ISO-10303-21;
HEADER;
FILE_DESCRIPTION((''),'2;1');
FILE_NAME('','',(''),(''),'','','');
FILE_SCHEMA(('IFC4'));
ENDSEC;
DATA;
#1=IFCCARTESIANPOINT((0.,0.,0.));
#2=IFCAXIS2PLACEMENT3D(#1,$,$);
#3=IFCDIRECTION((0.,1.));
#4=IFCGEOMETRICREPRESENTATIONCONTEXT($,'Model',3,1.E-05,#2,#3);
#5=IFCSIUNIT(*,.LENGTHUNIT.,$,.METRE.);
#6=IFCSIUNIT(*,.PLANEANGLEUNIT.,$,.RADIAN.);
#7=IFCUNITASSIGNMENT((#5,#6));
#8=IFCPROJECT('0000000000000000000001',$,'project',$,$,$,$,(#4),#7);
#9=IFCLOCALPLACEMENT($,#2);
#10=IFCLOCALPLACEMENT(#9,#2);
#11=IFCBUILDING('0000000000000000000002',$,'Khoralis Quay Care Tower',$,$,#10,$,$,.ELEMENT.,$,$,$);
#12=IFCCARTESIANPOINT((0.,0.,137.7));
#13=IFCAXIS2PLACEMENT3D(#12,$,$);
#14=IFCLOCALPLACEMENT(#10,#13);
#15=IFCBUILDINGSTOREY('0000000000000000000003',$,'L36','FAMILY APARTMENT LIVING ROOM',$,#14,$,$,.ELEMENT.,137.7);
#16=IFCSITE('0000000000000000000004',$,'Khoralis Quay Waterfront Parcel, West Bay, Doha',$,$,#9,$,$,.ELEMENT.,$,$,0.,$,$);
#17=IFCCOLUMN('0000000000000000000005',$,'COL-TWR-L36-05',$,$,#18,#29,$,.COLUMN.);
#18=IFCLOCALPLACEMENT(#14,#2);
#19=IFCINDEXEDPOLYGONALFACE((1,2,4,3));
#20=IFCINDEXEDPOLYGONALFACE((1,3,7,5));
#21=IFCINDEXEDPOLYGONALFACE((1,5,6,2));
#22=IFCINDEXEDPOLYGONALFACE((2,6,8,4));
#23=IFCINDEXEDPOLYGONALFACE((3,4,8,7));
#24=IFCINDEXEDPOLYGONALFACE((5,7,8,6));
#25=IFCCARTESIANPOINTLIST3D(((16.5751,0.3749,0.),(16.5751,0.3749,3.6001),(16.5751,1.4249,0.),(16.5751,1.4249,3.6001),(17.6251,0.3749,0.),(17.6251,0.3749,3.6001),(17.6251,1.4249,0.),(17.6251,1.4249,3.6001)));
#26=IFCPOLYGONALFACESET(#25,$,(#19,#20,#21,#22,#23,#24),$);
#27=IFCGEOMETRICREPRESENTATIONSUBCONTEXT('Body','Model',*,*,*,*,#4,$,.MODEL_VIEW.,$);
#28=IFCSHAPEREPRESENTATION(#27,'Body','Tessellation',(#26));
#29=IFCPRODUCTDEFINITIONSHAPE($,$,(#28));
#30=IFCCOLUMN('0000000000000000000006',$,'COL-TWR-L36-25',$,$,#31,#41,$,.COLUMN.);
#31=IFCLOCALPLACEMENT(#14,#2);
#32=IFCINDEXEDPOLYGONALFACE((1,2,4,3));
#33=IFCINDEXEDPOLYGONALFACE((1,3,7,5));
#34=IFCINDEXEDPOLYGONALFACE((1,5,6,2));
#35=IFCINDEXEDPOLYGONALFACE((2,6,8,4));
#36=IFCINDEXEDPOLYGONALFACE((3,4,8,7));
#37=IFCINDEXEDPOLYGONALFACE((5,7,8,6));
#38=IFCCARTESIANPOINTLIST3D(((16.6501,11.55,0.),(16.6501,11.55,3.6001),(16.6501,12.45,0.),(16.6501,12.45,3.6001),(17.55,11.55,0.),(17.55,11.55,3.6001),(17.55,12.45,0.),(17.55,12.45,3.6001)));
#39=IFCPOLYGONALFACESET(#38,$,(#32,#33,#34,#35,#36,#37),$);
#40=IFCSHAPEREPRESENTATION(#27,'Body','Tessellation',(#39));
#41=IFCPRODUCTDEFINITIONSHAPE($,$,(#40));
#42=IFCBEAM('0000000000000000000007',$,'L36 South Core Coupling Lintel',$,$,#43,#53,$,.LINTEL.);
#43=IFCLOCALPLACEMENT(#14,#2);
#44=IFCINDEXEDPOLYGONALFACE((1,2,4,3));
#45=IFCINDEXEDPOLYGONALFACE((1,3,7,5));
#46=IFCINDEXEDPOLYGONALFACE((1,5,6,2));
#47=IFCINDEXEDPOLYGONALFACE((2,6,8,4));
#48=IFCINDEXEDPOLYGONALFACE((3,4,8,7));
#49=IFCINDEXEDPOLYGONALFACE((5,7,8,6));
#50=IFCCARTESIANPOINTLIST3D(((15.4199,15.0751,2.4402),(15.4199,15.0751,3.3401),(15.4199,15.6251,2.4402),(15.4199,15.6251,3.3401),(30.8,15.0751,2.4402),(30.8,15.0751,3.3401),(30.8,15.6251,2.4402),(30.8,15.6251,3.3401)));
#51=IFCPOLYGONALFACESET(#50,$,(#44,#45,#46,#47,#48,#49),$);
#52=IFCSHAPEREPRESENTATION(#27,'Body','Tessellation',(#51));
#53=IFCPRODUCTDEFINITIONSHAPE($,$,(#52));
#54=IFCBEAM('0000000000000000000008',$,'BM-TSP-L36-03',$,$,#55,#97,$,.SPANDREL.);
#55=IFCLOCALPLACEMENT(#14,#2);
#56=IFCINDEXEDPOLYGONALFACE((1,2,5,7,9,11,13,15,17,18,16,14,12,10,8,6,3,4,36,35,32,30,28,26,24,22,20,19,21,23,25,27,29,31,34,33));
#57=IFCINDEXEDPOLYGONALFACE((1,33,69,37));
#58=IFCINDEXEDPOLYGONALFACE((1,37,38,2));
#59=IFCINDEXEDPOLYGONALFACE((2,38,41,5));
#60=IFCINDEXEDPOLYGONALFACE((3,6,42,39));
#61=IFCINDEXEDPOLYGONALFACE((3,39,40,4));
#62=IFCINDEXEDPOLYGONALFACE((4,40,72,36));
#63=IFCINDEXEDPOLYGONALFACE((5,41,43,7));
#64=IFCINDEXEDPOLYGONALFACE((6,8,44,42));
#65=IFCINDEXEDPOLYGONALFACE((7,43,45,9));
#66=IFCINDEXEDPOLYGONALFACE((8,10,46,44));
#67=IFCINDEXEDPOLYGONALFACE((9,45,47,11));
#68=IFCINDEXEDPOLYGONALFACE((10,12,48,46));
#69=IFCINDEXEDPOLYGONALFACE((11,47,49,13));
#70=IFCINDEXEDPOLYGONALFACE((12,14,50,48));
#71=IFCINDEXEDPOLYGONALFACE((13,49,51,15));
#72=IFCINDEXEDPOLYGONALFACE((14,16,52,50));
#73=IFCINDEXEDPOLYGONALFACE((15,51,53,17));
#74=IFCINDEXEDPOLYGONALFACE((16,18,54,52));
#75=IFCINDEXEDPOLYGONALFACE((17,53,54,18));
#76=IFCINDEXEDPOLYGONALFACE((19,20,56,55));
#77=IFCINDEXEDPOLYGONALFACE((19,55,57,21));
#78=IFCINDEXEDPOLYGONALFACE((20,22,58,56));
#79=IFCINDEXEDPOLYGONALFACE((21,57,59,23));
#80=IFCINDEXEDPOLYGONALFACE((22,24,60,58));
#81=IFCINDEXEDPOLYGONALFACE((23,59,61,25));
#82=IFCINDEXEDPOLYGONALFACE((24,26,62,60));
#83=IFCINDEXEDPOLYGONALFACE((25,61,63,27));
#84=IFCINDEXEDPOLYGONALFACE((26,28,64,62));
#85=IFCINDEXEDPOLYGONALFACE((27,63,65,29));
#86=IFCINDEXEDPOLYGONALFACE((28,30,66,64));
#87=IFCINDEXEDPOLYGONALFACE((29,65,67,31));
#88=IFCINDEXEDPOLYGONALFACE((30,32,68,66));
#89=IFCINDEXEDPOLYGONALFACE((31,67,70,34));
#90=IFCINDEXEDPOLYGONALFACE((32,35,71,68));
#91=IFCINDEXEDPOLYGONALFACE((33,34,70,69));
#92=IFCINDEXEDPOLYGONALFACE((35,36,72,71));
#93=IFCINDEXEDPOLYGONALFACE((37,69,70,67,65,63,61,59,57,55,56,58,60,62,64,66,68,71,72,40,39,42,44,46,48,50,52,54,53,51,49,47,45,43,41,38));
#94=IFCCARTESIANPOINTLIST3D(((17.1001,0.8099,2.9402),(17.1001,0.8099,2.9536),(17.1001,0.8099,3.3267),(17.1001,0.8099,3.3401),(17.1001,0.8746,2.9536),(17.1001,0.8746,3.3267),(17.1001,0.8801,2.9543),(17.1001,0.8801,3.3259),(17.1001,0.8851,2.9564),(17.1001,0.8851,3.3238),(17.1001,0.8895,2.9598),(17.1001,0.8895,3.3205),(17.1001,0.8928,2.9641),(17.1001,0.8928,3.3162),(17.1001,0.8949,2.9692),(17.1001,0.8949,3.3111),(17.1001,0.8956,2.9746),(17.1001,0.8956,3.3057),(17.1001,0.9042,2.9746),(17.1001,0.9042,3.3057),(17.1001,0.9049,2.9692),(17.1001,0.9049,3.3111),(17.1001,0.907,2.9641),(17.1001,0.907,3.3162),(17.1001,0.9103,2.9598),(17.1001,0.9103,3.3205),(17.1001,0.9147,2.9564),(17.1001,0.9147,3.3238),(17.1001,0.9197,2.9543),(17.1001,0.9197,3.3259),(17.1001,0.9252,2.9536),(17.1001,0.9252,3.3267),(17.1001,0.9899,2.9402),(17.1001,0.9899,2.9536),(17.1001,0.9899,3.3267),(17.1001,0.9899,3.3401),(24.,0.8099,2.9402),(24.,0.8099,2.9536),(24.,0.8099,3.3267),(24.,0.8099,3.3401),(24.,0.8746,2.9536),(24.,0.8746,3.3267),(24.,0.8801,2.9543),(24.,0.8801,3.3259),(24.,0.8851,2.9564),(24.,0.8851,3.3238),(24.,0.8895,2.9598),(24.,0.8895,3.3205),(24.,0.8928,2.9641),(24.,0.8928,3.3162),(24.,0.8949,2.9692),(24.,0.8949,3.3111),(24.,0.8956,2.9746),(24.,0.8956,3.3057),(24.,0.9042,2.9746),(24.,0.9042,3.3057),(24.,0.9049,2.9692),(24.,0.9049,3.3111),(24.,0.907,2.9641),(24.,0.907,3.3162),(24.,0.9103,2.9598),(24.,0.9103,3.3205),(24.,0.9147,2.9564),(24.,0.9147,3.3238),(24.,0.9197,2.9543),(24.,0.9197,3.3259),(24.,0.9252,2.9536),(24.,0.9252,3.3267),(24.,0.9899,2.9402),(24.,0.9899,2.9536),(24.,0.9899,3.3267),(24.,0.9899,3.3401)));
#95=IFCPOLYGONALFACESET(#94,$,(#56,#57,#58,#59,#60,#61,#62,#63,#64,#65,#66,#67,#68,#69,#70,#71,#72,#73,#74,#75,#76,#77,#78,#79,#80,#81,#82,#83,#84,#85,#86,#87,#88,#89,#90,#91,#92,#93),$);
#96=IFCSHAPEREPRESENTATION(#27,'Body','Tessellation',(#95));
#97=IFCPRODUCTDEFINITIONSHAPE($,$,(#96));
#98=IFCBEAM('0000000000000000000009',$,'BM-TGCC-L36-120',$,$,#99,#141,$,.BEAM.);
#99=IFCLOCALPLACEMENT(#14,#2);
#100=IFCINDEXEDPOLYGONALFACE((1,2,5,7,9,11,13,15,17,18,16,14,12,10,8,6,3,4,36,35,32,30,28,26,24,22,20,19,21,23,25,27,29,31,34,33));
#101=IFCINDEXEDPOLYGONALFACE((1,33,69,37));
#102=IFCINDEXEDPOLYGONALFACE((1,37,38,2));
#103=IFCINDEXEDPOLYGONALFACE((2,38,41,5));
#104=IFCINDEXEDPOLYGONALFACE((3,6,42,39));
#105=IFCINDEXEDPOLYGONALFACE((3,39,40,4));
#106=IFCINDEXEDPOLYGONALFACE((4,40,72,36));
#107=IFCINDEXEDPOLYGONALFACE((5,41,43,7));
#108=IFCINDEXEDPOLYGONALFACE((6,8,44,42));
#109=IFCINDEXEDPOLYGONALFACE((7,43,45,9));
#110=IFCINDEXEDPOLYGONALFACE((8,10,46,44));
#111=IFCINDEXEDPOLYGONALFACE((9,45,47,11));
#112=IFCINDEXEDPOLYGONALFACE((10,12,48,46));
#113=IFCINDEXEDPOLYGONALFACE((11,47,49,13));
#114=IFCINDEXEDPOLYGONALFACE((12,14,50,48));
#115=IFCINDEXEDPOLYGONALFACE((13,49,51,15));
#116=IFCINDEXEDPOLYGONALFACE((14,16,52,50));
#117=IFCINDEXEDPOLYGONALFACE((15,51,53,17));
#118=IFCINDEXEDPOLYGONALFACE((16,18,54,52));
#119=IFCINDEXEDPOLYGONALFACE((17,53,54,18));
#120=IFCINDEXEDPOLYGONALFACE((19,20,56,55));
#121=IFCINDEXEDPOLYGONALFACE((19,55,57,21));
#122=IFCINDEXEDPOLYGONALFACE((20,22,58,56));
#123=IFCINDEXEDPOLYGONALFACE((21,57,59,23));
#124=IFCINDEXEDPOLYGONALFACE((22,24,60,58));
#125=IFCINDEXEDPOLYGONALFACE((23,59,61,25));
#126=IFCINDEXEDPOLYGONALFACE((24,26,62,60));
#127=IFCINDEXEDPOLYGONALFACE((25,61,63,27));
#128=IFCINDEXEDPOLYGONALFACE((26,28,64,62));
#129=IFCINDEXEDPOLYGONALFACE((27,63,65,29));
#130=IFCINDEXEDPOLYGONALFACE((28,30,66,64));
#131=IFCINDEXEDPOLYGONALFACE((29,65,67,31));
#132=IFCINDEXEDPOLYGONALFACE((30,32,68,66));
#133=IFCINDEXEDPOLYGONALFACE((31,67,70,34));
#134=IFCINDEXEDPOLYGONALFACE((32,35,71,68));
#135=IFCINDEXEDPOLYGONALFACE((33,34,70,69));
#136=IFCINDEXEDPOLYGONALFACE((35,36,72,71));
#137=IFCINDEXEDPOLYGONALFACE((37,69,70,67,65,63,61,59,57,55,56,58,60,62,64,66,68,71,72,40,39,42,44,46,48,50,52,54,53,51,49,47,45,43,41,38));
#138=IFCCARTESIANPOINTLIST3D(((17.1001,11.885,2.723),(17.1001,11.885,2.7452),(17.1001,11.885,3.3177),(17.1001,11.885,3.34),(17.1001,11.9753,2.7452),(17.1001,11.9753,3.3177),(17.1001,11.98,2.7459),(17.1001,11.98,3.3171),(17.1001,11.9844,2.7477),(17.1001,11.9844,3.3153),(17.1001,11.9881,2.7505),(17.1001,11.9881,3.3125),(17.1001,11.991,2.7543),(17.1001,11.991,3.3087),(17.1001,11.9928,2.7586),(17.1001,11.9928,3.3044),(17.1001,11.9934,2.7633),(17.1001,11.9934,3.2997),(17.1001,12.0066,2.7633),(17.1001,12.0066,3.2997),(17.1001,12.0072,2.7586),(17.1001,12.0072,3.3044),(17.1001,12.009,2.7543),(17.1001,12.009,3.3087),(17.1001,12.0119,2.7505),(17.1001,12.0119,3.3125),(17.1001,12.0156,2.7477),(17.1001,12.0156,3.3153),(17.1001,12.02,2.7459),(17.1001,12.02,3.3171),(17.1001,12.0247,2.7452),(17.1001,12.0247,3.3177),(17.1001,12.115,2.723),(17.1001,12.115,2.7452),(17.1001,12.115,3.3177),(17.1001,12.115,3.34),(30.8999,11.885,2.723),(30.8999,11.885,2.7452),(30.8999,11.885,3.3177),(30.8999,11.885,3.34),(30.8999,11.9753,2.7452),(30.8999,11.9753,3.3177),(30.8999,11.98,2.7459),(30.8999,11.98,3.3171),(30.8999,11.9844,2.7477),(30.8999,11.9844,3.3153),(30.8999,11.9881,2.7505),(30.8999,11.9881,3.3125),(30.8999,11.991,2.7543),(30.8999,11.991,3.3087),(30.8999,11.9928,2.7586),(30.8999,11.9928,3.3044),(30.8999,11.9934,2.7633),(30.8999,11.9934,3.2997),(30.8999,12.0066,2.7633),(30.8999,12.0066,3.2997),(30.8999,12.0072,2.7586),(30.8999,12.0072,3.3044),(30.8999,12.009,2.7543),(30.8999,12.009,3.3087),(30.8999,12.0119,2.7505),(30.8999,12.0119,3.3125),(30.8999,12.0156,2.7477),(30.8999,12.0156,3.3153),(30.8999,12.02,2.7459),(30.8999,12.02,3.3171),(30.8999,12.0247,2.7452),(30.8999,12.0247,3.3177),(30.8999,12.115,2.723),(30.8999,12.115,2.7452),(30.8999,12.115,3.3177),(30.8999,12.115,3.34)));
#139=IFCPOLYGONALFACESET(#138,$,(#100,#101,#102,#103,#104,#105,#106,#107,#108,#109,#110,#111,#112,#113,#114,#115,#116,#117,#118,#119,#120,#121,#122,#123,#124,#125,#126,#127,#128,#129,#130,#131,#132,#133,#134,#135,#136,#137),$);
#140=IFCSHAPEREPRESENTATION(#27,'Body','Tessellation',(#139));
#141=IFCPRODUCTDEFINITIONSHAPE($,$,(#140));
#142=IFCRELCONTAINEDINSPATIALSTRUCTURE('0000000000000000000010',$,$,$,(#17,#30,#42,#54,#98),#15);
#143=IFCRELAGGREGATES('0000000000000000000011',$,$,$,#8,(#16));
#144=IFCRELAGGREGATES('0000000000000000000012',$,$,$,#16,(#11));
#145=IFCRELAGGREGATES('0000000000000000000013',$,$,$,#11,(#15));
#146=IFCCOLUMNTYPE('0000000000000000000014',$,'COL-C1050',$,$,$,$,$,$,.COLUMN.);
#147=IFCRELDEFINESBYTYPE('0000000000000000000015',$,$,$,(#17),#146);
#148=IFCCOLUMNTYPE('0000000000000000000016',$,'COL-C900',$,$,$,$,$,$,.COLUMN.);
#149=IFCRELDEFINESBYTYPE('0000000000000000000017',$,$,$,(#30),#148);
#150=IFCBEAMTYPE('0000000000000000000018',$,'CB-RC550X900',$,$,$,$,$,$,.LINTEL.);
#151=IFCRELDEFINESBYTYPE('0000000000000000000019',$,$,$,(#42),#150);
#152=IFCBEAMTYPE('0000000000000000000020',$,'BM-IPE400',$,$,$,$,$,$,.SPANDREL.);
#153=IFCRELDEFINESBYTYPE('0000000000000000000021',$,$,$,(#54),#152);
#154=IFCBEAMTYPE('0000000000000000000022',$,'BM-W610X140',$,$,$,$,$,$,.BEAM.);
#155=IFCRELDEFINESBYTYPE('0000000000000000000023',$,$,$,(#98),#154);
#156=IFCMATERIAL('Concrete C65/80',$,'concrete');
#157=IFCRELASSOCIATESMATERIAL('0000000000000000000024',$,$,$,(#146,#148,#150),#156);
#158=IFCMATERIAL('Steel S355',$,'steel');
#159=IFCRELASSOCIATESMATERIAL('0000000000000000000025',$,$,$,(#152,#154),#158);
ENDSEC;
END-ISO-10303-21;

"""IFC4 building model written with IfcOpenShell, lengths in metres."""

from ifc_helpers import new_model, si_unit, direction, frame, origin, origin_2d, place, context, subcontext, project, spatial, rectangle, i_section, extrude, source, transform, mapped, material, material_profile, profile_set, type_object, element, save


model = new_model("IFC4")

# Units and contexts
model_context = context("Model", 3, precision=1e-05, world=origin(), true_north=direction((0.0, 1.0)))
body_context = subcontext(model_context, "Body", "Model", "MODEL_VIEW")
ifc_project = project(units=[si_unit("LENGTHUNIT", "METRE"), si_unit("PLANEANGLEUNIT", "RADIAN")], contexts=[model_context])

# Site, building, storey
site_placement = place(None, origin())
site = spatial("IfcSite", under=ifc_project, at=site_placement, Name="Khoralis Quay Waterfront Parcel, West Bay, Doha", CompositionType="ELEMENT", RefElevation=0.0)
building_placement = place(site_placement, origin())
building = spatial("IfcBuilding", under=site, at=building_placement, Name="Khoralis Quay Care Tower", CompositionType="ELEMENT")
storey_placement = place(building_placement, frame((0.0, 0.0, 137.7)))
storey = spatial("IfcBuildingStorey", under=building, at=storey_placement, Name="L36", Description="FAMILY APARTMENT LIVING ROOM", CompositionType="ELEMENT", Elevation=137.7)

# Columns
ifc_material_1 = material(Name="Concrete C65/80", Category="concrete")
ifc_material_profile_1 = material_profile(ifc_material_1, rectangle(XDim=1.05, YDim=1.05, at=origin_2d()), Name="Concrete C65/80")
ifc_profile_set_1 = profile_set([ifc_material_profile_1], Name="Concrete C65/80")
column_type_1 = type_object("IfcColumnType", Name="COL-C1050", PredefinedType="COLUMN", material=ifc_profile_set_1)
shared_shape_1 = source(origin(), body_context, "Body", "SweptSolid", [
    extrude(rectangle(XDim=1.05, YDim=1.05, at=origin_2d()), origin(), (0.0, 0.0, 1.0), 3.6001),
])
column_1_placement = place(storey_placement, frame((17.1001, 0.8999, 0.0), z_axis=(0.0, 0.0, 1.0), x_axis=(1.0, 0.0, 0.0)))
element("IfcColumn", 1, at=column_1_placement, inside=storey, type_object=column_type_1, Name="COL-TWR-L36-05", PredefinedType="COLUMN", context=body_context, shape_type="MappedRepresentation", body=[
    mapped(shared_shape_1, transform((0.0, 0.0, 0.0), scale=1.0)),
])
ifc_material_profile_2 = material_profile(ifc_material_1, rectangle(XDim=0.8999, YDim=0.8999, at=origin_2d()), Name="Concrete C65/80")
ifc_profile_set_2 = profile_set([ifc_material_profile_2], Name="Concrete C65/80")
column_type_2 = type_object("IfcColumnType", Name="COL-C900", PredefinedType="COLUMN", material=ifc_profile_set_2)
shared_shape_2 = source(origin(), body_context, "Body", "SweptSolid", [
    extrude(rectangle(XDim=0.8999, YDim=0.8999, at=origin_2d()), origin(), (0.0, 0.0, 1.0), 3.6001),
])
column_2_placement = place(storey_placement, frame((17.1001, 12.0, 0.0), z_axis=(0.0, 0.0, 1.0), x_axis=(1.0, 0.0, 0.0)))
element("IfcColumn", 2, at=column_2_placement, inside=storey, type_object=column_type_2, Name="COL-TWR-L36-25", PredefinedType="COLUMN", context=body_context, shape_type="MappedRepresentation", body=[
    mapped(shared_shape_2, transform((0.0, 0.0, 0.0), scale=1.0)),
])

# Beams
ifc_material_profile_3 = material_profile(ifc_material_1, rectangle(XDim=0.55, YDim=0.8999, at=origin_2d()), Name="Concrete C65/80")
ifc_profile_set_3 = profile_set([ifc_material_profile_3], Name="Concrete C65/80")
beam_type_1 = type_object("IfcBeamType", Name="CB-RC550X900", PredefinedType="LINTEL", material=ifc_profile_set_3)
shared_shape_3 = source(origin(), body_context, "Body", "SweptSolid", [
    extrude(rectangle(XDim=0.55, YDim=0.8999, at=origin_2d()), origin(), (0.0, 0.0, 1.0), 15.3801),
])
beam_1_placement = place(storey_placement, frame((15.4199, 15.3501, 2.8901), z_axis=(1.0, 0.0, 0.0), x_axis=(0.0, 1.0, 0.0)))
element("IfcBeam", 3, at=beam_1_placement, inside=storey, type_object=beam_type_1, Name="L36 South Core Coupling Lintel", PredefinedType="LINTEL", context=body_context, shape_type="MappedRepresentation", body=[
    mapped(shared_shape_3, transform((0.0, 0.0, 0.0), scale=1.0)),
])
ifc_material_2 = material(Name="Steel S355", Category="steel")
ifc_material_profile_4 = material_profile(ifc_material_2, i_section(OverallWidth=0.1799, OverallDepth=0.3999, WebThickness=0.0085, FlangeThickness=0.0134, FilletRadius=0.021, at=origin_2d()), Name="Steel S355")
ifc_profile_set_4 = profile_set([ifc_material_profile_4], Name="Steel S355")
beam_type_2 = type_object("IfcBeamType", Name="BM-IPE400", PredefinedType="SPANDREL", material=ifc_profile_set_4)
shared_shape_4 = source(origin(), body_context, "Body", "SweptSolid", [
    extrude(i_section(OverallWidth=0.1799, OverallDepth=0.3999, WebThickness=0.0085, FlangeThickness=0.0134, FilletRadius=0.021, at=origin_2d()), origin(), (0.0, 0.0, 1.0), 6.8999),
])
beam_2_placement = place(storey_placement, frame((17.1001, 0.8999, 3.1401), z_axis=(1.0, 0.0, 0.0), x_axis=(0.0, 1.0, 0.0)))
element("IfcBeam", 4, at=beam_2_placement, inside=storey, type_object=beam_type_2, Name="BM-TSP-L36-03", PredefinedType="SPANDREL", context=body_context, shape_type="MappedRepresentation", body=[
    mapped(shared_shape_4, transform((0.0, 0.0, 0.0), scale=1.0)),
])
ifc_material_profile_5 = material_profile(ifc_material_2, i_section(OverallWidth=0.23, OverallDepth=0.6169, WebThickness=0.0132, FlangeThickness=0.0222, FilletRadius=0.0181, at=origin_2d()), Name="Steel S355")
ifc_profile_set_5 = profile_set([ifc_material_profile_5], Name="Steel S355")
beam_type_3 = type_object("IfcBeamType", Name="BM-W610X140", PredefinedType="BEAM", material=ifc_profile_set_5)
shared_shape_5 = source(origin(), body_context, "Body", "SweptSolid", [
    extrude(i_section(OverallWidth=0.23, OverallDepth=0.6169, WebThickness=0.0132, FlangeThickness=0.0222, FilletRadius=0.0181, at=origin_2d()), origin(), (0.0, 0.0, 1.0), 13.7998),
])
beam_3_placement = place(storey_placement, frame((17.1001, 12.0, 3.0315), z_axis=(1.0, 0.0, 0.0), x_axis=(0.0, 1.0, 0.0)))
element("IfcBeam", 5, at=beam_3_placement, inside=storey, type_object=beam_type_3, Name="BM-TGCC-L36-120", PredefinedType="BEAM", context=body_context, shape_type="MappedRepresentation", body=[
    mapped(shared_shape_5, transform((0.0, 0.0, 0.0), scale=1.0)),
])

save(model, "model.ifc")
